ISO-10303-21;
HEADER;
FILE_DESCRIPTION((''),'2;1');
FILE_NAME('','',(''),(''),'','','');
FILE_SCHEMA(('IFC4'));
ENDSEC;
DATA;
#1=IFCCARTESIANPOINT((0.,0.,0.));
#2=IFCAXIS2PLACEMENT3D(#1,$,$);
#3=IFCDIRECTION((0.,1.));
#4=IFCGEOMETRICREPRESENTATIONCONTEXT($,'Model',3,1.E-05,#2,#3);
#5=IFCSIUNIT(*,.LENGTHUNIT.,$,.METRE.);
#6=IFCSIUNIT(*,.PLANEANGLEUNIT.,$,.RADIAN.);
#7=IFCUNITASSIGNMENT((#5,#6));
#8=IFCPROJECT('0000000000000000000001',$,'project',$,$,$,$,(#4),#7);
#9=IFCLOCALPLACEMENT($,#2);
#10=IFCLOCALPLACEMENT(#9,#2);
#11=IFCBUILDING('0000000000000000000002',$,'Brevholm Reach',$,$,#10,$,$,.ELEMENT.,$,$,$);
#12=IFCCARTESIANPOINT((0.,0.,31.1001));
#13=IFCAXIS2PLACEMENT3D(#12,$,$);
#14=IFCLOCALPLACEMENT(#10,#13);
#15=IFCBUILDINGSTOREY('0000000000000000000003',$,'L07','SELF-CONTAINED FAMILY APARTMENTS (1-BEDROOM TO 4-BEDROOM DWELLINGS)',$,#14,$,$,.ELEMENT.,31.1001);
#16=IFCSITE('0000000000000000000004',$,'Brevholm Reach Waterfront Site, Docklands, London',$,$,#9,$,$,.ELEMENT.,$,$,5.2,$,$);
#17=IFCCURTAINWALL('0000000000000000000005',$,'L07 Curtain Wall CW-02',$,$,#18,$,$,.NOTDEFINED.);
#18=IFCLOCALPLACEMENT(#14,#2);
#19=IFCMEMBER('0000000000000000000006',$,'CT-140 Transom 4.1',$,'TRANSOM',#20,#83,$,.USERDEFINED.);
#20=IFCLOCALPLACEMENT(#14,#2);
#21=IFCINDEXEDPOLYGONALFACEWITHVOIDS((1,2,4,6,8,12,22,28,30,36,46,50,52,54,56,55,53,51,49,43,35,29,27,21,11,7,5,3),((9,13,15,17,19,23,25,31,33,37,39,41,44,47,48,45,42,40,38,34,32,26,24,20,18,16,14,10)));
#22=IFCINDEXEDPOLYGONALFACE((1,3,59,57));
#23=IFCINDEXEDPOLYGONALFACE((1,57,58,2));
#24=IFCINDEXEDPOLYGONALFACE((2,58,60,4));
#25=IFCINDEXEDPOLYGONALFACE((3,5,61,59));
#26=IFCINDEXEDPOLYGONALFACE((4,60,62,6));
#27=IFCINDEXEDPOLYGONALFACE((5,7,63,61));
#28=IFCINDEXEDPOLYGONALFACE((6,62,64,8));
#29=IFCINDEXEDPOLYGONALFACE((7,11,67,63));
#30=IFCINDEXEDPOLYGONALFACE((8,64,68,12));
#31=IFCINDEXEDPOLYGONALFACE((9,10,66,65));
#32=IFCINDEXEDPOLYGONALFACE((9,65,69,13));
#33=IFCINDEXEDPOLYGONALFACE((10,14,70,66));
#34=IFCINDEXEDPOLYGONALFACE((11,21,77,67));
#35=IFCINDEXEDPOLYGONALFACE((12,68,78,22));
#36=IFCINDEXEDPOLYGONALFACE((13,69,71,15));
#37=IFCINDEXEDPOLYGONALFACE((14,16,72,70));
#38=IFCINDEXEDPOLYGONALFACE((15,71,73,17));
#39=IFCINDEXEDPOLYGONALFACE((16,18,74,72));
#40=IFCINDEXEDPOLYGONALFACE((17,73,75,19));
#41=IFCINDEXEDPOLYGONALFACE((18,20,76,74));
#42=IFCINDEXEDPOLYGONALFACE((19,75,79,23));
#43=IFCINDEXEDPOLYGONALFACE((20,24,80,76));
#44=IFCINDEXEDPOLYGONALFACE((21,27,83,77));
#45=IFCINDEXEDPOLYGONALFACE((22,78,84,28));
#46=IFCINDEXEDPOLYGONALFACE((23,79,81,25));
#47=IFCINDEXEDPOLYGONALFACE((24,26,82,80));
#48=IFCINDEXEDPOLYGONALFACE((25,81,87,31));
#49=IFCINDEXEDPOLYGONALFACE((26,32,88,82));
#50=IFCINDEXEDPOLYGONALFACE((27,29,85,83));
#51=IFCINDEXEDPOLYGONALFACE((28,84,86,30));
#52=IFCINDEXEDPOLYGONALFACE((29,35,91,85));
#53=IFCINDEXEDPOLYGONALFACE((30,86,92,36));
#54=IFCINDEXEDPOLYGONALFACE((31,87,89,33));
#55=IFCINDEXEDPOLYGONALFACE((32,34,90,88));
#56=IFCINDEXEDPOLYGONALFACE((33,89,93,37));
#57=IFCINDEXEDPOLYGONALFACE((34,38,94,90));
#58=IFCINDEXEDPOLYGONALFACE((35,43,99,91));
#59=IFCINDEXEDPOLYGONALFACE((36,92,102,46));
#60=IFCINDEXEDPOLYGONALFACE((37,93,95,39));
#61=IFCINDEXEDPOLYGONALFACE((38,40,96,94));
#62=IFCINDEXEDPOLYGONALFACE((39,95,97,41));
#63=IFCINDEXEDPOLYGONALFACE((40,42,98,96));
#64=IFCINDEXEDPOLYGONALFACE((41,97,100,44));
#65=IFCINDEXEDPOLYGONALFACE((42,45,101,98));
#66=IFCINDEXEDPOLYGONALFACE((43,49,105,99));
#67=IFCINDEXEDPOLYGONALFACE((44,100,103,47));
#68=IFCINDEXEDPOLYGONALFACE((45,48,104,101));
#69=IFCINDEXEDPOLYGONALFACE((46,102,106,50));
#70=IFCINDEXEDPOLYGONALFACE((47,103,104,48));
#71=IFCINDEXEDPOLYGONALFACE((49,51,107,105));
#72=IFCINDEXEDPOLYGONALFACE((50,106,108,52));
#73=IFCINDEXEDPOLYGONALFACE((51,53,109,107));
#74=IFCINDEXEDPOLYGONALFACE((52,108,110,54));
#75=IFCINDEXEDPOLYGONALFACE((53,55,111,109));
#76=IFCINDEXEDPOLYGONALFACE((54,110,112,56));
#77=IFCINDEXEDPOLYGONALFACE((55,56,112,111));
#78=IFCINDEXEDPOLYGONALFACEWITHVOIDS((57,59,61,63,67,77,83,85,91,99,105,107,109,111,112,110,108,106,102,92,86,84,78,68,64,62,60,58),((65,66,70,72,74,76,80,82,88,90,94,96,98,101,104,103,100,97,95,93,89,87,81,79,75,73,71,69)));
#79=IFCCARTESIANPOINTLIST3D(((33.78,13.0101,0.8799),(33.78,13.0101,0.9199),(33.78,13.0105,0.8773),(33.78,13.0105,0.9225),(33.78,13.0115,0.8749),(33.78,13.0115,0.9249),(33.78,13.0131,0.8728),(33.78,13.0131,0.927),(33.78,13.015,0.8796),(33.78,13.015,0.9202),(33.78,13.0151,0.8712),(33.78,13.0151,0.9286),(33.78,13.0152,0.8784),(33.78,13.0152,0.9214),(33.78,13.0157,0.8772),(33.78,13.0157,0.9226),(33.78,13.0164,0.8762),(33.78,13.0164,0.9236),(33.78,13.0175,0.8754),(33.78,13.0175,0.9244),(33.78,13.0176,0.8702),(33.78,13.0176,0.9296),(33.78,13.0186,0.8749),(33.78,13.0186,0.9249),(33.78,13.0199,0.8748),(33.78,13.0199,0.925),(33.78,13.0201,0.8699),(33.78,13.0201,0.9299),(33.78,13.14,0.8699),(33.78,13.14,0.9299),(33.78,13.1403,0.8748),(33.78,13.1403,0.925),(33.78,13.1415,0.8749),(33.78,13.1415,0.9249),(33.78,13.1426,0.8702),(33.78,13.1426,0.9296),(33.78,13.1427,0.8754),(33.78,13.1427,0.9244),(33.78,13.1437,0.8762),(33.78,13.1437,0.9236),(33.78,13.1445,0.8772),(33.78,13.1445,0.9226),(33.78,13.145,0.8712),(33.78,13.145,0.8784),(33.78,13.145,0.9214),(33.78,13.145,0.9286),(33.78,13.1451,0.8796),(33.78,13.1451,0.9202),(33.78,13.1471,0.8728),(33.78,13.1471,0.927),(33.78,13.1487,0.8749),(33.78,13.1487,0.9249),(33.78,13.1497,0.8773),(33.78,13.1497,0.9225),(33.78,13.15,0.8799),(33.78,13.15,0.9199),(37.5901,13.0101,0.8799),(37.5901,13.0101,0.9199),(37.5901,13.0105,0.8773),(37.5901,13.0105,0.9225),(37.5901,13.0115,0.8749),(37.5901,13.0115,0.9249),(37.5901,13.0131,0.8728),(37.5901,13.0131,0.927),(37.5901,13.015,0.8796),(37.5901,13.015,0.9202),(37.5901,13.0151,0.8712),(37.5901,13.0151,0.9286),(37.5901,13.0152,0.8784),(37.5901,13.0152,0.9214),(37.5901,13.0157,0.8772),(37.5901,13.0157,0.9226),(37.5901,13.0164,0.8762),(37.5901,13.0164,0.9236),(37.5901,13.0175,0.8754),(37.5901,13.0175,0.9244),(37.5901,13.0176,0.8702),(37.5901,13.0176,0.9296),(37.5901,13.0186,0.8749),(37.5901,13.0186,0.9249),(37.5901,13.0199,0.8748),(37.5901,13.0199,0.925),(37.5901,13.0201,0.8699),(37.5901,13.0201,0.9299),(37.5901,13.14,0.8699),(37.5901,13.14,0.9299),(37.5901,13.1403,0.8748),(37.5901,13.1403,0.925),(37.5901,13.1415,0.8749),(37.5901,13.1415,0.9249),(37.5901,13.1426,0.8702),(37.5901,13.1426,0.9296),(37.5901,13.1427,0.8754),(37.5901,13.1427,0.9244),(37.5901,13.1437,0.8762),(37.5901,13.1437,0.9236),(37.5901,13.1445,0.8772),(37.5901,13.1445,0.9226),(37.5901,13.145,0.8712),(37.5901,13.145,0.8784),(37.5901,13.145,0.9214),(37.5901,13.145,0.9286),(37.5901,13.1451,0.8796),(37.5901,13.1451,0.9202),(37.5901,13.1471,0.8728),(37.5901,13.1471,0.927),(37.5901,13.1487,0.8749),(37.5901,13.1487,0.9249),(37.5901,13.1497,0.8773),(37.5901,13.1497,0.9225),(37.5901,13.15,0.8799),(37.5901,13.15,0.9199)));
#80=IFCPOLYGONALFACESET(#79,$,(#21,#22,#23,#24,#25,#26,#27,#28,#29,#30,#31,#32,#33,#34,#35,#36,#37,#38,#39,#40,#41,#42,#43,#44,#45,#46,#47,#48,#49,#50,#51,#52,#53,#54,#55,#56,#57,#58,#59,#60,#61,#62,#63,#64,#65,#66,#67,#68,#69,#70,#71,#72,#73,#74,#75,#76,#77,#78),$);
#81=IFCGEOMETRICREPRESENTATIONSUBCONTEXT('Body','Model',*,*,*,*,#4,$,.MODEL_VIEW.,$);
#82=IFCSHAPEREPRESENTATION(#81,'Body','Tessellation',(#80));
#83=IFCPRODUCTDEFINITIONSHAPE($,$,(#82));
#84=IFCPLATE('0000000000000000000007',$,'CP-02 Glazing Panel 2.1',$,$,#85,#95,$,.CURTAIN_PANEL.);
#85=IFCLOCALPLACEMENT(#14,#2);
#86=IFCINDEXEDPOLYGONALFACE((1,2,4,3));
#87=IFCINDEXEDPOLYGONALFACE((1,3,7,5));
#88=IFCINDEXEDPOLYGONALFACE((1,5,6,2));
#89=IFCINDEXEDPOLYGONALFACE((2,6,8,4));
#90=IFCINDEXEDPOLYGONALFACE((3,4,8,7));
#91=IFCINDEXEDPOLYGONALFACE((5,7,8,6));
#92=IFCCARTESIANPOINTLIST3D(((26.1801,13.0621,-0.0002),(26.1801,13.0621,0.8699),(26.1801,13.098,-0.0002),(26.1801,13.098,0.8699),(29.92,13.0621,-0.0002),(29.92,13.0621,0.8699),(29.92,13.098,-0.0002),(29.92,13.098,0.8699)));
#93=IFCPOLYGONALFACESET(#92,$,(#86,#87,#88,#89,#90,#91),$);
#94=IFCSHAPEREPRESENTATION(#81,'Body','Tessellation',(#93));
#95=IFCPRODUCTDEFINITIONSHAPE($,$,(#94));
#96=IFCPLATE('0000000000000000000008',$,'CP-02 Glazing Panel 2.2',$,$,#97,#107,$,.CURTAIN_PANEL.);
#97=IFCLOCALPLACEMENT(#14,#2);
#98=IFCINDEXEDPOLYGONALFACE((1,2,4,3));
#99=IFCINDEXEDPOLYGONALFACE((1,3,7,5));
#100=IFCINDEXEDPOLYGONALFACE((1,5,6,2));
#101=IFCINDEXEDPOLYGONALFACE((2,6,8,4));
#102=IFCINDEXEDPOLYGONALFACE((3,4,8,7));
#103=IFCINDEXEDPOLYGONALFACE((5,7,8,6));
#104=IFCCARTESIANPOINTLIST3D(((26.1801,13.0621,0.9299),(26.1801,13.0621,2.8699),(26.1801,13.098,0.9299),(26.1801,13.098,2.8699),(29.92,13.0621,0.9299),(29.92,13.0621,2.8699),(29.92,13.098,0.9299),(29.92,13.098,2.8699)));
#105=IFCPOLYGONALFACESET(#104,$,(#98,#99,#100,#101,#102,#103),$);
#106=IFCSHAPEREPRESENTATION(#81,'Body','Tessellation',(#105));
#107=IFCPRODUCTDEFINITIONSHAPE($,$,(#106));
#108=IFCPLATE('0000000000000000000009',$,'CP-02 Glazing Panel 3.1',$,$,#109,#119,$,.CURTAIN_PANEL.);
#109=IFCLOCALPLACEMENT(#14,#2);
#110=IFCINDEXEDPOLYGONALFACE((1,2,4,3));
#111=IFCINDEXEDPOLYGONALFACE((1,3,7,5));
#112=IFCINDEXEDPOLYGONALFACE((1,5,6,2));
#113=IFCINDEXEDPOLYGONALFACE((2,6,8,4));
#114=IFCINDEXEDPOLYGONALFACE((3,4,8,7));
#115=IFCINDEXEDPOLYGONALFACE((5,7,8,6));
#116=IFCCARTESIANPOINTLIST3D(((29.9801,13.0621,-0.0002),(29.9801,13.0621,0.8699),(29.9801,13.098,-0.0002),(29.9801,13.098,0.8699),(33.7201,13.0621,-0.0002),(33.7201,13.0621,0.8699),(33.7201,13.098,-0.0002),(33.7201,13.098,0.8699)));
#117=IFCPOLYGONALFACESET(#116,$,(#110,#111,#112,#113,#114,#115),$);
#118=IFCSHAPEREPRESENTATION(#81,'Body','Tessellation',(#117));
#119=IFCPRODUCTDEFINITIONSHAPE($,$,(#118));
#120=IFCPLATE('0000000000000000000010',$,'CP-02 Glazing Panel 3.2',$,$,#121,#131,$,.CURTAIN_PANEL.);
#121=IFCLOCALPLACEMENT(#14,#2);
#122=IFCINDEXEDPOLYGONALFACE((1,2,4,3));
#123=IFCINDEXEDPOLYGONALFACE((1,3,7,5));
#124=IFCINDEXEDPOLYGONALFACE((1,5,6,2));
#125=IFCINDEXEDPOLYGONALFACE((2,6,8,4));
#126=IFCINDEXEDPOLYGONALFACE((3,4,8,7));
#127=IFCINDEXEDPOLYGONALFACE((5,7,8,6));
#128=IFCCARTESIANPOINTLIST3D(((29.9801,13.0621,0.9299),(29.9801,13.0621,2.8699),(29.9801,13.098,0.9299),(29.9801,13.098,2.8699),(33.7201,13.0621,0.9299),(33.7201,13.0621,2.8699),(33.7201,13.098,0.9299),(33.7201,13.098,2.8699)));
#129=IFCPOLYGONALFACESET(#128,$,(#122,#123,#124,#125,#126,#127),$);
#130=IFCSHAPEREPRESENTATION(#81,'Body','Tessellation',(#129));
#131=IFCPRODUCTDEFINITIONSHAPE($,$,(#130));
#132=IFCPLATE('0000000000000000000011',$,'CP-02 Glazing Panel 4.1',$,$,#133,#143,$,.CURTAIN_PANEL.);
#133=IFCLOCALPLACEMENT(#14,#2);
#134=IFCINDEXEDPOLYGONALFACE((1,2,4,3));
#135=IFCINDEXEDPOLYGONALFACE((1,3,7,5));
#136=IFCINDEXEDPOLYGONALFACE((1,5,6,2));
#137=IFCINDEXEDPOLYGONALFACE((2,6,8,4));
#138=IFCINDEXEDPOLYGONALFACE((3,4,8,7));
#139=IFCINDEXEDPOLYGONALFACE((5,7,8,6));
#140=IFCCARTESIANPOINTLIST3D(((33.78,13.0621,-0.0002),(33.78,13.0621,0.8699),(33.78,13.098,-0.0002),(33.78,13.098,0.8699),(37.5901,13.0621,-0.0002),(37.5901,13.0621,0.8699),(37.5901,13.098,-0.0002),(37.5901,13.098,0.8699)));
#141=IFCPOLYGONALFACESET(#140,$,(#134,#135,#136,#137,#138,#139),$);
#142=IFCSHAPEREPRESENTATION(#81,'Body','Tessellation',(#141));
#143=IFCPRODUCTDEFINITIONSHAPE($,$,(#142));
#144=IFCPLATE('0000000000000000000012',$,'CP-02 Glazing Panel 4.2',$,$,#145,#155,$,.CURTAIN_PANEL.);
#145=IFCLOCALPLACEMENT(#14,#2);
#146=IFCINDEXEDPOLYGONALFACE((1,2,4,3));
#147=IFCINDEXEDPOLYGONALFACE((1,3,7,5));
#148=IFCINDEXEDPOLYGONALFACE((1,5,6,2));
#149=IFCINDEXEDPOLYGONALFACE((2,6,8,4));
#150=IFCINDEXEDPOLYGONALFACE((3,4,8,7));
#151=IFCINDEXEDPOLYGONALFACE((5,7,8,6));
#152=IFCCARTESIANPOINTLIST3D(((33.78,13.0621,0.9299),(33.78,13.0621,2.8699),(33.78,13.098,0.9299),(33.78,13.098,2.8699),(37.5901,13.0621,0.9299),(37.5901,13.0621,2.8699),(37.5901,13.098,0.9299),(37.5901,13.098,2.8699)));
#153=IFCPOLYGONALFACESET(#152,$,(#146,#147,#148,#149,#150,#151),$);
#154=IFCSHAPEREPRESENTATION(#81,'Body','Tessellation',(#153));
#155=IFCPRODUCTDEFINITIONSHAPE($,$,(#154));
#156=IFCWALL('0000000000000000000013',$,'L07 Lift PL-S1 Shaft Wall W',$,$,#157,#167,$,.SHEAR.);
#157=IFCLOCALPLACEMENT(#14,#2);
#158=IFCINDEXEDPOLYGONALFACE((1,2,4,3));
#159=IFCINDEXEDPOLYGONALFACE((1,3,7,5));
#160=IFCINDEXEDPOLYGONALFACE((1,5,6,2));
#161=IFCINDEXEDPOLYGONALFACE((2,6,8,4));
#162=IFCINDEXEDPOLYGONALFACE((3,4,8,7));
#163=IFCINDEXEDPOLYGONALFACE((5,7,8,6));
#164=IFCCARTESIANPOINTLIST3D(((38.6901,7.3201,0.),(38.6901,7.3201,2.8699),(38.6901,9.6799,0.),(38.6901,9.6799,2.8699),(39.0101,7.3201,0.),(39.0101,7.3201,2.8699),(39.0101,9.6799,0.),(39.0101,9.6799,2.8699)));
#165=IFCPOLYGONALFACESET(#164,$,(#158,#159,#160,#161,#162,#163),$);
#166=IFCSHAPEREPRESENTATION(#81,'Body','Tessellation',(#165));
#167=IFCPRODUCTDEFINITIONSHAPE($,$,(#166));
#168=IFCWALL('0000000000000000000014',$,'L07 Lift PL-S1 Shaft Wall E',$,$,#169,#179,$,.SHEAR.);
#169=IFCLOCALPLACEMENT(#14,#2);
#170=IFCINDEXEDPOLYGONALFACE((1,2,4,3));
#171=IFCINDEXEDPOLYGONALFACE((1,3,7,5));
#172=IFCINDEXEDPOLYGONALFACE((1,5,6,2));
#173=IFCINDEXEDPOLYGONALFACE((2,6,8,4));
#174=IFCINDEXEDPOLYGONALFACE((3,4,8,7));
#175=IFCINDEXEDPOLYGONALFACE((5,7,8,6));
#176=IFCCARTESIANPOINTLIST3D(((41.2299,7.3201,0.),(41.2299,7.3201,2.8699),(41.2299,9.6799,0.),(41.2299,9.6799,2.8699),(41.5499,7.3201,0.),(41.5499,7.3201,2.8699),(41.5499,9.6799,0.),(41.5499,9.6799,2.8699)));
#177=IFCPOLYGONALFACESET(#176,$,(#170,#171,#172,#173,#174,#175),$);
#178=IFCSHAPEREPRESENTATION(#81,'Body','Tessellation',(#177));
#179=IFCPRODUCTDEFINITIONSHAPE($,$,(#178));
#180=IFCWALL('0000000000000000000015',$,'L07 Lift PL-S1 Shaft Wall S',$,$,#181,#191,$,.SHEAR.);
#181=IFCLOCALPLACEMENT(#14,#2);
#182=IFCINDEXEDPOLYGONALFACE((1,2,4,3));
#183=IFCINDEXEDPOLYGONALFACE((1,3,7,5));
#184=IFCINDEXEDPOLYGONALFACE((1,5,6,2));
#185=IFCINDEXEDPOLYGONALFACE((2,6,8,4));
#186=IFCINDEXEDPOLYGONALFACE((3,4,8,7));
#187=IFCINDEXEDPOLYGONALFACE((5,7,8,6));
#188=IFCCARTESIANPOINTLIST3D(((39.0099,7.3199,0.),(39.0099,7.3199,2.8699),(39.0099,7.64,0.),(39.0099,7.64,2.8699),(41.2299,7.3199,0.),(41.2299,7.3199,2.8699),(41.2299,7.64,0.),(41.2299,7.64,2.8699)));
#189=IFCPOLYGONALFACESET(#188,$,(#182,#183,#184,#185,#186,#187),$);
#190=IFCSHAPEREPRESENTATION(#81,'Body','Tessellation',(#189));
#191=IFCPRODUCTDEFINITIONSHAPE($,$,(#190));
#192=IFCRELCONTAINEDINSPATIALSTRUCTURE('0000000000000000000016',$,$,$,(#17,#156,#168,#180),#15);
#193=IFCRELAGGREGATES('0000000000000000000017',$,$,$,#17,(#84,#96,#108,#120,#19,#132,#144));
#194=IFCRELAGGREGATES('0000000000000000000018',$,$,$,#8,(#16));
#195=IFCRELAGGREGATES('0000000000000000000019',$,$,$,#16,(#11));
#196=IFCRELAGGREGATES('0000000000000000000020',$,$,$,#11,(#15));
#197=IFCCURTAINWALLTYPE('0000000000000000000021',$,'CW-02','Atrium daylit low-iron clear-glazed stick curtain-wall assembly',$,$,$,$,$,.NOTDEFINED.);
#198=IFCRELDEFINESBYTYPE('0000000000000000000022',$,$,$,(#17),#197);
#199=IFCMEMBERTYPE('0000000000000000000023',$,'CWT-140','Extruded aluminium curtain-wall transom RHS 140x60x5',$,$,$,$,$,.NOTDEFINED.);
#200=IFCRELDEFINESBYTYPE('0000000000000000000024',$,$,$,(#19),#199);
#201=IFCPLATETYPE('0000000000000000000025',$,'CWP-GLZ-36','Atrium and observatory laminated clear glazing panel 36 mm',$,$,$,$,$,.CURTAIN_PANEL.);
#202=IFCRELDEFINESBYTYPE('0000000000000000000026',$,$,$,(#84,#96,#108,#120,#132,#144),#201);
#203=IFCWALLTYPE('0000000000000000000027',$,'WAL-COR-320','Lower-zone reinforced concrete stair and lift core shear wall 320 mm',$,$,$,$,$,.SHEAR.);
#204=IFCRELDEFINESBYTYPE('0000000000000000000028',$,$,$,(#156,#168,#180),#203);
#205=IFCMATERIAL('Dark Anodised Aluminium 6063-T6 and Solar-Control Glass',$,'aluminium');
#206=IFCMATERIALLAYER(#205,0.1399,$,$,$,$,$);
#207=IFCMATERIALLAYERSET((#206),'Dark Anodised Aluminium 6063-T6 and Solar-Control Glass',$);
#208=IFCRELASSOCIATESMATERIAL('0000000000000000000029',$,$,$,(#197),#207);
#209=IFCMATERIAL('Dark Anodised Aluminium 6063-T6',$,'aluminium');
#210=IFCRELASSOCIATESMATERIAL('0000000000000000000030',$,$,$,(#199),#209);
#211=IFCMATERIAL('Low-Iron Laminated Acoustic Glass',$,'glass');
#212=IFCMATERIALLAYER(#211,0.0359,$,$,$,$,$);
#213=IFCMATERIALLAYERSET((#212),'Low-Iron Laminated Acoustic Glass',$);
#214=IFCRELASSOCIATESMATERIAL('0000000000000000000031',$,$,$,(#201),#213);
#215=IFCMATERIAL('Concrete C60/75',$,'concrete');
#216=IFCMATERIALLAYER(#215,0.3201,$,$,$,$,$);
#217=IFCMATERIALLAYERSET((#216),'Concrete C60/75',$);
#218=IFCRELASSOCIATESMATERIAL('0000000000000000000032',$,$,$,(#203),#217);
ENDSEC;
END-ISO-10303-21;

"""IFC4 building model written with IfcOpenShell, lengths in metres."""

from ifc_helpers import new_model, si_unit, direction, frame, frame_2d, origin, origin_2d, place, context, subcontext, project, spatial, rectangle, hollow_rectangle, extrude, material, layer, layer_set, material_profile, profile_set, type_object, element, aggregate, save


model = new_model("IFC4")

# Units and contexts
model_context = context("Model", 3, precision=1e-05, world=origin(), true_north=direction((0.0, 1.0)))
body_context = subcontext(model_context, "Body", "Model", "MODEL_VIEW")
ifc_project = project(units=[si_unit("LENGTHUNIT", "METRE"), si_unit("PLANEANGLEUNIT", "RADIAN")], contexts=[model_context])

# Site, building, storey
site_placement = place(None, origin())
site = spatial("IfcSite", under=ifc_project, at=site_placement, Name="Brevholm Reach Waterfront Site, Docklands, London", CompositionType="ELEMENT", RefElevation=5.2)
building_placement = place(site_placement, origin())
building = spatial("IfcBuilding", under=site, at=building_placement, Name="Brevholm Reach", CompositionType="ELEMENT")
storey_placement = place(building_placement, frame((0.0, 0.0, 31.1001)))
storey = spatial("IfcBuildingStorey", under=building, at=storey_placement, Name="L07", Description="SELF-CONTAINED FAMILY APARTMENTS (1-BEDROOM TO 4-BEDROOM DWELLINGS)", CompositionType="ELEMENT", Elevation=31.1001)

# Curtain wall, member, plates
ifc_material_1 = material(Name="Dark Anodised Aluminium 6063-T6 and Solar-Control Glass", Category="aluminium")
ifc_layer_1 = layer(ifc_material_1, 0.1399)
ifc_layer_set_1 = layer_set([ifc_layer_1], Name="Dark Anodised Aluminium 6063-T6 and Solar-Control Glass")
curtain_wall_type = type_object("IfcCurtainWallType", Name="CW-02", Description="Atrium daylit low-iron clear-glazed stick curtain-wall assembly", PredefinedType="NOTDEFINED", material=ifc_layer_set_1)
curtain_wall_placement = place(storey_placement, origin())
curtain_wall = element("IfcCurtainWall", 1, at=curtain_wall_placement, inside=storey, type_object=curtain_wall_type, Name="L07 Curtain Wall CW-02", PredefinedType="NOTDEFINED")
ifc_material_2 = material(Name="Dark Anodised Aluminium 6063-T6", Category="aluminium")
ifc_material_profile_1 = material_profile(ifc_material_2, hollow_rectangle(XDim=0.0601, YDim=0.1399, WallThickness=0.0049, InnerFilletRadius=0.0049, OuterFilletRadius=0.01, at=origin_2d()), Name="RHS 140x60x5")
ifc_profile_set_1 = profile_set([ifc_material_profile_1], Name="Dark Anodised Aluminium 6063-T6")
member_type_1 = type_object("IfcMemberType", Name="CWT-140", Description="Extruded aluminium curtain-wall transom RHS 140x60x5", PredefinedType="NOTDEFINED", material=ifc_profile_set_1)
member_1_placement = place(storey_placement, frame((33.78, 13.0801, 0.8999), z_axis=(1.0, 0.0, 0.0), x_axis=(0.0, 0.0, 1.0)))
member_1 = element("IfcMember", 2, at=member_1_placement, type_object=member_type_1, Name="CT-140 Transom 4.1", ObjectType="TRANSOM", PredefinedType="USERDEFINED", context=body_context, shape_type="SweptSolid", body=[
    extrude(hollow_rectangle(XDim=0.0601, YDim=0.1399, WallThickness=0.0049, InnerFilletRadius=0.0049, OuterFilletRadius=0.01, at=origin_2d()), origin(), (0.0, 0.0, 1.0), 3.8101),
])
ifc_material_3 = material(Name="Low-Iron Laminated Acoustic Glass", Category="glass")
ifc_layer_2 = layer(ifc_material_3, 0.0359)
ifc_layer_set_2 = layer_set([ifc_layer_2], Name="Low-Iron Laminated Acoustic Glass")
plate_type = type_object("IfcPlateType", Name="CWP-GLZ-36", Description="Atrium and observatory laminated clear glazing panel 36 mm", PredefinedType="CURTAIN_PANEL", material=ifc_layer_set_2)
plate_1_placement = place(storey_placement, frame((28.05, 13.0801, -0.0002), z_axis=(0.0, 0.0, 1.0), x_axis=(1.0, 0.0, 0.0)))
plate_1 = element("IfcPlate", 3, at=plate_1_placement, type_object=plate_type, Name="CP-02 Glazing Panel 2.1", PredefinedType="CURTAIN_PANEL", context=body_context, shape_type="SweptSolid", body=[
    extrude(rectangle(XDim=3.74, YDim=0.0359, at=origin_2d()), origin(), (0.0, 0.0, 1.0), 0.8701),
])
plate_2_placement = place(storey_placement, frame((28.05, 13.0801, 0.9299), z_axis=(0.0, 0.0, 1.0), x_axis=(1.0, 0.0, 0.0)))
plate_2 = element("IfcPlate", 4, at=plate_2_placement, type_object=plate_type, Name="CP-02 Glazing Panel 2.2", PredefinedType="CURTAIN_PANEL", context=body_context, shape_type="SweptSolid", body=[
    extrude(rectangle(XDim=3.74, YDim=0.0359, at=origin_2d()), origin(), (0.0, 0.0, 1.0), 1.9399),
])
plate_3_placement = place(storey_placement, frame((31.8501, 13.0801, -0.0002), z_axis=(0.0, 0.0, 1.0), x_axis=(1.0, 0.0, 0.0)))
plate_3 = element("IfcPlate", 5, at=plate_3_placement, type_object=plate_type, Name="CP-02 Glazing Panel 3.1", PredefinedType="CURTAIN_PANEL", context=body_context, shape_type="SweptSolid", body=[
    extrude(rectangle(XDim=3.74, YDim=0.0359, at=origin_2d()), origin(), (0.0, 0.0, 1.0), 0.8701),
])
plate_4_placement = place(storey_placement, frame((31.8501, 13.0801, 0.9299), z_axis=(0.0, 0.0, 1.0), x_axis=(1.0, 0.0, 0.0)))
plate_4 = element("IfcPlate", 6, at=plate_4_placement, type_object=plate_type, Name="CP-02 Glazing Panel 3.2", PredefinedType="CURTAIN_PANEL", context=body_context, shape_type="SweptSolid", body=[
    extrude(rectangle(XDim=3.74, YDim=0.0359, at=origin_2d()), origin(), (0.0, 0.0, 1.0), 1.9399),
])
plate_5_placement = place(storey_placement, frame((35.6851, 13.0801, -0.0002), z_axis=(0.0, 0.0, 1.0), x_axis=(1.0, 0.0, 0.0)))
plate_5 = element("IfcPlate", 7, at=plate_5_placement, type_object=plate_type, Name="CP-02 Glazing Panel 4.1", PredefinedType="CURTAIN_PANEL", context=body_context, shape_type="SweptSolid", body=[
    extrude(rectangle(XDim=3.8101, YDim=0.0359, at=origin_2d()), origin(), (0.0, 0.0, 1.0), 0.8701),
])
plate_6_placement = place(storey_placement, frame((35.6851, 13.0801, 0.9299), z_axis=(0.0, 0.0, 1.0), x_axis=(1.0, 0.0, 0.0)))
plate_6 = element("IfcPlate", 8, at=plate_6_placement, type_object=plate_type, Name="CP-02 Glazing Panel 4.2", PredefinedType="CURTAIN_PANEL", context=body_context, shape_type="SweptSolid", body=[
    extrude(rectangle(XDim=3.8101, YDim=0.0359, at=origin_2d()), origin(), (0.0, 0.0, 1.0), 1.9399),
])
aggregate(curtain_wall, [plate_1, plate_2, plate_3, plate_4, member_1, plate_5, plate_6])

# Walls
ifc_material_4 = material(Name="Concrete C60/75", Category="concrete")
ifc_layer_3 = layer(ifc_material_4, 0.3201)
ifc_layer_set_3 = layer_set([ifc_layer_3], Name="Concrete C60/75")
wall_type_1 = type_object("IfcWallType", Name="WAL-COR-320", Description="Lower-zone reinforced concrete stair and lift core shear wall 320 mm", PredefinedType="SHEAR", material=ifc_layer_set_3)
for number, where, z_axis, x_axis, name in (
    (9, (38.8501, 7.3201, 0.0), (0.0, 0.0, 1.0), (0.0, 1.0, 0.0), "L07 Lift PL-S1 Shaft Wall W"),
    (10, (41.3899, 7.3201, 0.0), (0.0, 0.0, 1.0), (0.0, 1.0, 0.0), "L07 Lift PL-S1 Shaft Wall E"),
):
    element("IfcWall", number, at=place(storey_placement, frame(where, z_axis=z_axis, x_axis=x_axis)), inside=storey, type_object=wall_type_1, Name=name, PredefinedType="SHEAR", context=body_context, shape_type="SweptSolid", body=[
        extrude(rectangle(XDim=2.3599, YDim=0.3201, at=frame_2d((1.1799, 0.0))), origin(), (0.0, 0.0, 1.0), 2.8699),
    ])
wall_1_placement = place(storey_placement, frame((39.01, 7.48, 0.0), z_axis=(0.0, 0.0, 1.0), x_axis=(1.0, 0.0, 0.0)))
element("IfcWall", 11, at=wall_1_placement, inside=storey, type_object=wall_type_1, Name="L07 Lift PL-S1 Shaft Wall S", PredefinedType="SHEAR", context=body_context, shape_type="SweptSolid", body=[
    extrude(rectangle(XDim=2.22, YDim=0.3201, at=frame_2d((1.1099, 0.0))), origin(), (0.0, 0.0, 1.0), 2.8699),
])

save(model, "model.ifc")
